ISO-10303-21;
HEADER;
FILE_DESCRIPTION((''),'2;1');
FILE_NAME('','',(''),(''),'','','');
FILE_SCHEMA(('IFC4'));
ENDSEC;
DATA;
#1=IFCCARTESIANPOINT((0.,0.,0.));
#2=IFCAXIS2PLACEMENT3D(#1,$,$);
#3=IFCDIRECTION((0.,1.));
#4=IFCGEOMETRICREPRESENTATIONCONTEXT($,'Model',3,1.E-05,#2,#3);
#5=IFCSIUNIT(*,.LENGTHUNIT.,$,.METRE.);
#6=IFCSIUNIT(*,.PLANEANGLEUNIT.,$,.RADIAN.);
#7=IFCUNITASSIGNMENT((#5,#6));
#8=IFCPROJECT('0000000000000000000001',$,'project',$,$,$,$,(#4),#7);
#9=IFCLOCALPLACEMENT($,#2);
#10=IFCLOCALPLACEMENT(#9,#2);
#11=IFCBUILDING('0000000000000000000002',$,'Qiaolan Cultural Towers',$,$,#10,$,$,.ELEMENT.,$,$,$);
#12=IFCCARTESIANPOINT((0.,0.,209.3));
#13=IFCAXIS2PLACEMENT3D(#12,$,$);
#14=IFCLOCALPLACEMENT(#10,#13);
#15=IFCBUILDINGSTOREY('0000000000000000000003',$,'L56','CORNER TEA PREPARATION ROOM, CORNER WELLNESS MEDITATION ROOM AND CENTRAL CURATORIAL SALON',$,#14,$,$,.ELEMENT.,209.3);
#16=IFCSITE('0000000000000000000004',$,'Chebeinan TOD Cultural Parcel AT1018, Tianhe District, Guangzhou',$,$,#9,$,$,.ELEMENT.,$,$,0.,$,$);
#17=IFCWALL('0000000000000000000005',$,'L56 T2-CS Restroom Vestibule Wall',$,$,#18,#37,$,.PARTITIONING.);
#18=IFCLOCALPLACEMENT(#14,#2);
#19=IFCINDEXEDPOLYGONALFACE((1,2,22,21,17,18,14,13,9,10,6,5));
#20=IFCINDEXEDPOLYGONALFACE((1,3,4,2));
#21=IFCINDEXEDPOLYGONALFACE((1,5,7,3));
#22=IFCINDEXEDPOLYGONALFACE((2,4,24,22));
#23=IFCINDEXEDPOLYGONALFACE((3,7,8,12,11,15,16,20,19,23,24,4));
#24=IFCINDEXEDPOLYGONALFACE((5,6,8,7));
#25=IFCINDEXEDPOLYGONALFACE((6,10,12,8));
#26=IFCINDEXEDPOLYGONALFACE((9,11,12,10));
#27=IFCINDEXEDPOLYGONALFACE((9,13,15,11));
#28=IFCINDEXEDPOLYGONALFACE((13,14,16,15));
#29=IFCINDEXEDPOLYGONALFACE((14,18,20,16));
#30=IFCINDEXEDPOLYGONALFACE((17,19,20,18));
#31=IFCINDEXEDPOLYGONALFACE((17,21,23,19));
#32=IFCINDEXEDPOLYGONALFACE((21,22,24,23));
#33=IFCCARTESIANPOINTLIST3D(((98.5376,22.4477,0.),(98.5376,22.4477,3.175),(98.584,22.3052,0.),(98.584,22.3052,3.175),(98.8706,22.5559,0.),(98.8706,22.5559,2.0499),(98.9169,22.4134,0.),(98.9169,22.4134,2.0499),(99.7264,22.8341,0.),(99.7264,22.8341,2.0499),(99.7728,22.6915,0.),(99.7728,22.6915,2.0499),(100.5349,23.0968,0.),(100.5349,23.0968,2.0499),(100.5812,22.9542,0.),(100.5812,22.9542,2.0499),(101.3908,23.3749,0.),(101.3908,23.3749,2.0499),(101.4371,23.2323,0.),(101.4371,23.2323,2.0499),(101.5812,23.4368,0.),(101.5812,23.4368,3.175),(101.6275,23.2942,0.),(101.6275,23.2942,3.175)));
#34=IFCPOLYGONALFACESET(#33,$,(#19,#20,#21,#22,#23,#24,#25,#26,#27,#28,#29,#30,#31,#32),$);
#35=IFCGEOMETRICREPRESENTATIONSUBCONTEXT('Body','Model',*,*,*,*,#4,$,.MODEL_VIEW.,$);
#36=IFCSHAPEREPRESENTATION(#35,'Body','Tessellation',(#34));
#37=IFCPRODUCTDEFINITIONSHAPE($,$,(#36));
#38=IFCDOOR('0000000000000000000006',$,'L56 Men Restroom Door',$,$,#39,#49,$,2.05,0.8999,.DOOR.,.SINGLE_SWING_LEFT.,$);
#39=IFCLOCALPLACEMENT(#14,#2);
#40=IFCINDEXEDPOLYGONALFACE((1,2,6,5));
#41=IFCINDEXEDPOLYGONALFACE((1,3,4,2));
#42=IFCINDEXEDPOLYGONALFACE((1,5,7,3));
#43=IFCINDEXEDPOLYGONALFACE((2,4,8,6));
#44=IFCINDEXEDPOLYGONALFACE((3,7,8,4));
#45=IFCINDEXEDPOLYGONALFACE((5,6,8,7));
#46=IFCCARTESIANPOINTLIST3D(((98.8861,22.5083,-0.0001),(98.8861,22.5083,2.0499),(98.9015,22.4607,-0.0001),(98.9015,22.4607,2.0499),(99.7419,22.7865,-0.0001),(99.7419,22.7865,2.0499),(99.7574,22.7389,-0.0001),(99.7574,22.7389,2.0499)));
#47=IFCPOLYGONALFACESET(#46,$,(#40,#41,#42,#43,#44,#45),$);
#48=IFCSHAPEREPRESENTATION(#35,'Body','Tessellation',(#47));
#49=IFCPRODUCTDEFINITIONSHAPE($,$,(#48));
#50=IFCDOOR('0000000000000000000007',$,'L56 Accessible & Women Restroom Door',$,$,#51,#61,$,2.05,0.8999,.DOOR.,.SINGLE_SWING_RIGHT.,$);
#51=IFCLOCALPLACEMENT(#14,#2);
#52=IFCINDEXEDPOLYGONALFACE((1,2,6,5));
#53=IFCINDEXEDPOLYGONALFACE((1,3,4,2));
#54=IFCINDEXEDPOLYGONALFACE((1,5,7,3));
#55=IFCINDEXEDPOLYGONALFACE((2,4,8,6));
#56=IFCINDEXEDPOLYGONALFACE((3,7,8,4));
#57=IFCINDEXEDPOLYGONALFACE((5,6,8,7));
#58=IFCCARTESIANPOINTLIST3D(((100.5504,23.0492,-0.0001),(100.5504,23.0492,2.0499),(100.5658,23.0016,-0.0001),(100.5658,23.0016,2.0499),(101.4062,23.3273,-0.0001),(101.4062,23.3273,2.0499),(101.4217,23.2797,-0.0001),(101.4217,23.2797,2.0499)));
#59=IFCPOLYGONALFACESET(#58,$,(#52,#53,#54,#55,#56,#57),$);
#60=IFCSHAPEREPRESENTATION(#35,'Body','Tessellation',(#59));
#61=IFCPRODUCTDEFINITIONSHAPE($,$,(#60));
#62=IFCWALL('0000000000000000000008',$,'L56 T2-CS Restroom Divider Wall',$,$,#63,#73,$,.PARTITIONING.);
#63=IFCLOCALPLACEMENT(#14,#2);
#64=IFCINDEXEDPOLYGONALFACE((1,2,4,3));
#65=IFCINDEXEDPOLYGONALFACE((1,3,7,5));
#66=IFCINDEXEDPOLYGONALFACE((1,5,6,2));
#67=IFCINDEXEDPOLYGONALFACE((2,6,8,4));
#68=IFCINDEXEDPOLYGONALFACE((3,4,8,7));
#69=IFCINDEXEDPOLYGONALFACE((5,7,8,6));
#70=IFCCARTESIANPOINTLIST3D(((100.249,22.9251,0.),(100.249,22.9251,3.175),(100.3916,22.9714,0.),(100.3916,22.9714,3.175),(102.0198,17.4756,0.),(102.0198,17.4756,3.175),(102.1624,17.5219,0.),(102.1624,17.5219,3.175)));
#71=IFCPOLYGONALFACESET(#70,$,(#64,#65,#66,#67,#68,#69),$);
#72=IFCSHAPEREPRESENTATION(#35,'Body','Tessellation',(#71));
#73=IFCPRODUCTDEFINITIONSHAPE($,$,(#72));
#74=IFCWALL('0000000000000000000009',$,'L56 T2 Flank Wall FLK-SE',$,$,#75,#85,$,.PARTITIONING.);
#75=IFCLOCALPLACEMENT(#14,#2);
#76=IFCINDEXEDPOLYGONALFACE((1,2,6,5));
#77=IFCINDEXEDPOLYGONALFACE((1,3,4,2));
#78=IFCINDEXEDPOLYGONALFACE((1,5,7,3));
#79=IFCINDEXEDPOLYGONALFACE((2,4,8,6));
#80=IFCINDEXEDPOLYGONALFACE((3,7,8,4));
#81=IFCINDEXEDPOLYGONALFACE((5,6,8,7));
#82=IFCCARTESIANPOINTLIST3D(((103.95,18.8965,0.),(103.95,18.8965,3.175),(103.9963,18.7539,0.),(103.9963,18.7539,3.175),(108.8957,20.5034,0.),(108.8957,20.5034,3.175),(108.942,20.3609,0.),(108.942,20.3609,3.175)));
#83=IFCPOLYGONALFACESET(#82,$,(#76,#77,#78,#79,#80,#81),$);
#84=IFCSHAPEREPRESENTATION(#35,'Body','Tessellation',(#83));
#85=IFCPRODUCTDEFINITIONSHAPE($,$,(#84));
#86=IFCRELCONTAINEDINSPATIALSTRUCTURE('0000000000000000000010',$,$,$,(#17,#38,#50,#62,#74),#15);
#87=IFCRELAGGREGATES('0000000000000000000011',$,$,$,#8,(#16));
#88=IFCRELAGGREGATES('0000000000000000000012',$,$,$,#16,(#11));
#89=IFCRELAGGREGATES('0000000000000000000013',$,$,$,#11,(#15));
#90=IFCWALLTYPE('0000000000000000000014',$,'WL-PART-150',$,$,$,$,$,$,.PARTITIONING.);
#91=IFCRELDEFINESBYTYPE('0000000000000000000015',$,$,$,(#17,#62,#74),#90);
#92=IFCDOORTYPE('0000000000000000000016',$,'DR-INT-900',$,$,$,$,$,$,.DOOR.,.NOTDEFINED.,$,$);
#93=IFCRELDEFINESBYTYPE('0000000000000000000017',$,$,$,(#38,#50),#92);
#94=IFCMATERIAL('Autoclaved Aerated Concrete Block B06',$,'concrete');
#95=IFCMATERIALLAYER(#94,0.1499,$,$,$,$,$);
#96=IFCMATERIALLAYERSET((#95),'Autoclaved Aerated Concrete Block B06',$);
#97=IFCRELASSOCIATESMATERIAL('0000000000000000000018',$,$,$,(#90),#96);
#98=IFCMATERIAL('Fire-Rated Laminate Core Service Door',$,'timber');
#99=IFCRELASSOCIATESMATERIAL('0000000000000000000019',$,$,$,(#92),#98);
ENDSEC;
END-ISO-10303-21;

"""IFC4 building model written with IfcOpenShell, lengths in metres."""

from ifc_helpers import new_model, si_unit, direction, frame, frame_2d, origin, place, context, subcontext, project, spatial, rectangle, extrude, material, layer, layer_set, type_object, element, fill, save


model = new_model("IFC4")

# Units and contexts
model_context = context("Model", 3, precision=1e-05, world=origin(), true_north=direction((0.0, 1.0)))
body_context = subcontext(model_context, "Body", "Model", "MODEL_VIEW")
ifc_project = project(units=[si_unit("LENGTHUNIT", "METRE"), si_unit("PLANEANGLEUNIT", "RADIAN")], contexts=[model_context])

# Site, building, storey
site_placement = place(None, origin())
site = spatial("IfcSite", under=ifc_project, at=site_placement, Name="Chebeinan TOD Cultural Parcel AT1018, Tianhe District, Guangzhou", CompositionType="ELEMENT", RefElevation=0.0)
building_placement = place(site_placement, origin())
building = spatial("IfcBuilding", under=site, at=building_placement, Name="Qiaolan Cultural Towers", CompositionType="ELEMENT")
storey_placement = place(building_placement, frame((0.0, 0.0, 209.3)))
storey = spatial("IfcBuildingStorey", under=building, at=storey_placement, Name="L56", Description="CORNER TEA PREPARATION ROOM, CORNER WELLNESS MEDITATION ROOM AND CENTRAL CURATORIAL SALON", CompositionType="ELEMENT", Elevation=209.3)

# Shared definitions
ifc_material_1 = material(Name="Autoclaved Aerated Concrete Block B06", Category="concrete")
ifc_layer_1 = layer(ifc_material_1, 0.1499)
ifc_layer_set_1 = layer_set([ifc_layer_1], Name="Autoclaved Aerated Concrete Block B06")
wall_type_1 = type_object("IfcWallType", Name="WL-PART-150", PredefinedType="PARTITIONING", material=ifc_layer_set_1)

# Wall, openings, doors
wall_1_placement = place(storey_placement, frame((98.5608, 22.3765, 0.0), z_axis=(0.0, 0.0, 1.0), x_axis=(0.951044, 0.309055, 0.0)))
wall_1 = element("IfcWall", 1, at=wall_1_placement, inside=storey, type_object=wall_type_1, Name="L56 T2-CS Restroom Vestibule Wall", PredefinedType="PARTITIONING", context=body_context, shape_type="SweptSolid", body=[
    extrude(rectangle(XDim=3.2002, YDim=0.1499, at=frame_2d((1.6001, 0.0))), origin(), (0.0, 0.0, 1.0), 3.175),
])
opening_1_placement = place(wall_1_placement, frame((0.3501, 0.0, 0.0)))
opening_1 = element("IfcOpeningElement", 2, at=opening_1_placement, cuts=wall_1, PredefinedType="OPENING", context=body_context, shape_type="SweptSolid", body=[
    extrude(rectangle(XDim=0.8999, YDim=2.05, at=frame_2d((0.45, 1.0249))), frame((0.0, 0.085, 0.0), z_axis=(0.0, -1.0, 0.0), x_axis=(1.0, 0.0, 0.0)), (0.0, 0.0, 1.0), 0.1699),
])
opening_2_placement = place(wall_1_placement, frame((2.1001, 0.0, 0.0)))
opening_2 = element("IfcOpeningElement", 3, at=opening_2_placement, cuts=wall_1, PredefinedType="OPENING", context=body_context, shape_type="SweptSolid", body=[
    extrude(rectangle(XDim=0.8999, YDim=2.05, at=frame_2d((0.45, 1.0249))), frame((0.0, 0.085, 0.0), z_axis=(0.0, -1.0, 0.0), x_axis=(1.0, 0.0, 0.0)), (0.0, 0.0, 1.0), 0.1699),
])
ifc_material_2 = material(Name="Fire-Rated Laminate Core Service Door", Category="timber")
door_type_1 = type_object("IfcDoorType", Name="DR-INT-900", OperationType="NOTDEFINED", PredefinedType="DOOR", material=ifc_material_2)
door_1_placement = place(opening_1_placement, origin())
door_1 = element("IfcDoor", 4, at=door_1_placement, inside=storey, type_object=door_type_1, Name="L56 Men Restroom Door", OperationType="SINGLE_SWING_LEFT", OverallHeight=2.05, OverallWidth=0.8999, PredefinedType="DOOR", context=body_context, shape_type="SweptSolid", body=[
    extrude(rectangle(XDim=0.8999, YDim=2.05, at=frame_2d((0.45, 1.0249))), frame((0.0, 0.0249, 0.0), z_axis=(0.0, -1.0, 0.0), x_axis=(1.0, 0.0, 0.0)), (0.0, 0.0, 1.0), 0.05),
])
fill(opening_1, door_1)
door_2_placement = place(opening_2_placement, origin())
door_2 = element("IfcDoor", 5, at=door_2_placement, inside=storey, type_object=door_type_1, Name="L56 Accessible & Women Restroom Door", OperationType="SINGLE_SWING_RIGHT", OverallHeight=2.05, OverallWidth=0.8999, PredefinedType="DOOR", context=body_context, shape_type="SweptSolid", body=[
    extrude(rectangle(XDim=0.8999, YDim=2.05, at=frame_2d((0.45, 1.0249))), frame((0.0, 0.0249, 0.0), z_axis=(0.0, -1.0, 0.0), x_axis=(1.0, 0.0, 0.0)), (0.0, 0.0, 1.0), 0.05),
])
fill(opening_2, door_2)

# Walls
wall_2_placement = place(storey_placement, frame((100.3203, 22.9482, 0.0), z_axis=(0.0, 0.0, 1.0), x_axis=(0.309035, -0.951051, 0.0)))
element("IfcWall", 6, at=wall_2_placement, inside=storey, type_object=wall_type_1, Name="L56 T2-CS Restroom Divider Wall", PredefinedType="PARTITIONING", context=body_context, shape_type="SweptSolid", body=[
    extrude(rectangle(XDim=5.73, YDim=0.1499, at=frame_2d((2.865, 0.0))), origin(), (0.0, 0.0, 1.0), 3.175),
])
wall_3_placement = place(storey_placement, frame((103.9731, 18.8252, 0.0), z_axis=(0.0, 0.0, 1.0), x_axis=(0.951055, 0.309021, 0.0)))
element("IfcWall", 7, at=wall_3_placement, inside=storey, type_object=wall_type_1, Name="L56 T2 Flank Wall FLK-SE", PredefinedType="PARTITIONING", context=body_context, shape_type="SweptSolid", body=[
    extrude(rectangle(XDim=5.2002, YDim=0.1499, at=frame_2d((2.6001, 0.0))), origin(), (0.0, 0.0, 1.0), 3.175),
])

save(model, "model.ifc")
